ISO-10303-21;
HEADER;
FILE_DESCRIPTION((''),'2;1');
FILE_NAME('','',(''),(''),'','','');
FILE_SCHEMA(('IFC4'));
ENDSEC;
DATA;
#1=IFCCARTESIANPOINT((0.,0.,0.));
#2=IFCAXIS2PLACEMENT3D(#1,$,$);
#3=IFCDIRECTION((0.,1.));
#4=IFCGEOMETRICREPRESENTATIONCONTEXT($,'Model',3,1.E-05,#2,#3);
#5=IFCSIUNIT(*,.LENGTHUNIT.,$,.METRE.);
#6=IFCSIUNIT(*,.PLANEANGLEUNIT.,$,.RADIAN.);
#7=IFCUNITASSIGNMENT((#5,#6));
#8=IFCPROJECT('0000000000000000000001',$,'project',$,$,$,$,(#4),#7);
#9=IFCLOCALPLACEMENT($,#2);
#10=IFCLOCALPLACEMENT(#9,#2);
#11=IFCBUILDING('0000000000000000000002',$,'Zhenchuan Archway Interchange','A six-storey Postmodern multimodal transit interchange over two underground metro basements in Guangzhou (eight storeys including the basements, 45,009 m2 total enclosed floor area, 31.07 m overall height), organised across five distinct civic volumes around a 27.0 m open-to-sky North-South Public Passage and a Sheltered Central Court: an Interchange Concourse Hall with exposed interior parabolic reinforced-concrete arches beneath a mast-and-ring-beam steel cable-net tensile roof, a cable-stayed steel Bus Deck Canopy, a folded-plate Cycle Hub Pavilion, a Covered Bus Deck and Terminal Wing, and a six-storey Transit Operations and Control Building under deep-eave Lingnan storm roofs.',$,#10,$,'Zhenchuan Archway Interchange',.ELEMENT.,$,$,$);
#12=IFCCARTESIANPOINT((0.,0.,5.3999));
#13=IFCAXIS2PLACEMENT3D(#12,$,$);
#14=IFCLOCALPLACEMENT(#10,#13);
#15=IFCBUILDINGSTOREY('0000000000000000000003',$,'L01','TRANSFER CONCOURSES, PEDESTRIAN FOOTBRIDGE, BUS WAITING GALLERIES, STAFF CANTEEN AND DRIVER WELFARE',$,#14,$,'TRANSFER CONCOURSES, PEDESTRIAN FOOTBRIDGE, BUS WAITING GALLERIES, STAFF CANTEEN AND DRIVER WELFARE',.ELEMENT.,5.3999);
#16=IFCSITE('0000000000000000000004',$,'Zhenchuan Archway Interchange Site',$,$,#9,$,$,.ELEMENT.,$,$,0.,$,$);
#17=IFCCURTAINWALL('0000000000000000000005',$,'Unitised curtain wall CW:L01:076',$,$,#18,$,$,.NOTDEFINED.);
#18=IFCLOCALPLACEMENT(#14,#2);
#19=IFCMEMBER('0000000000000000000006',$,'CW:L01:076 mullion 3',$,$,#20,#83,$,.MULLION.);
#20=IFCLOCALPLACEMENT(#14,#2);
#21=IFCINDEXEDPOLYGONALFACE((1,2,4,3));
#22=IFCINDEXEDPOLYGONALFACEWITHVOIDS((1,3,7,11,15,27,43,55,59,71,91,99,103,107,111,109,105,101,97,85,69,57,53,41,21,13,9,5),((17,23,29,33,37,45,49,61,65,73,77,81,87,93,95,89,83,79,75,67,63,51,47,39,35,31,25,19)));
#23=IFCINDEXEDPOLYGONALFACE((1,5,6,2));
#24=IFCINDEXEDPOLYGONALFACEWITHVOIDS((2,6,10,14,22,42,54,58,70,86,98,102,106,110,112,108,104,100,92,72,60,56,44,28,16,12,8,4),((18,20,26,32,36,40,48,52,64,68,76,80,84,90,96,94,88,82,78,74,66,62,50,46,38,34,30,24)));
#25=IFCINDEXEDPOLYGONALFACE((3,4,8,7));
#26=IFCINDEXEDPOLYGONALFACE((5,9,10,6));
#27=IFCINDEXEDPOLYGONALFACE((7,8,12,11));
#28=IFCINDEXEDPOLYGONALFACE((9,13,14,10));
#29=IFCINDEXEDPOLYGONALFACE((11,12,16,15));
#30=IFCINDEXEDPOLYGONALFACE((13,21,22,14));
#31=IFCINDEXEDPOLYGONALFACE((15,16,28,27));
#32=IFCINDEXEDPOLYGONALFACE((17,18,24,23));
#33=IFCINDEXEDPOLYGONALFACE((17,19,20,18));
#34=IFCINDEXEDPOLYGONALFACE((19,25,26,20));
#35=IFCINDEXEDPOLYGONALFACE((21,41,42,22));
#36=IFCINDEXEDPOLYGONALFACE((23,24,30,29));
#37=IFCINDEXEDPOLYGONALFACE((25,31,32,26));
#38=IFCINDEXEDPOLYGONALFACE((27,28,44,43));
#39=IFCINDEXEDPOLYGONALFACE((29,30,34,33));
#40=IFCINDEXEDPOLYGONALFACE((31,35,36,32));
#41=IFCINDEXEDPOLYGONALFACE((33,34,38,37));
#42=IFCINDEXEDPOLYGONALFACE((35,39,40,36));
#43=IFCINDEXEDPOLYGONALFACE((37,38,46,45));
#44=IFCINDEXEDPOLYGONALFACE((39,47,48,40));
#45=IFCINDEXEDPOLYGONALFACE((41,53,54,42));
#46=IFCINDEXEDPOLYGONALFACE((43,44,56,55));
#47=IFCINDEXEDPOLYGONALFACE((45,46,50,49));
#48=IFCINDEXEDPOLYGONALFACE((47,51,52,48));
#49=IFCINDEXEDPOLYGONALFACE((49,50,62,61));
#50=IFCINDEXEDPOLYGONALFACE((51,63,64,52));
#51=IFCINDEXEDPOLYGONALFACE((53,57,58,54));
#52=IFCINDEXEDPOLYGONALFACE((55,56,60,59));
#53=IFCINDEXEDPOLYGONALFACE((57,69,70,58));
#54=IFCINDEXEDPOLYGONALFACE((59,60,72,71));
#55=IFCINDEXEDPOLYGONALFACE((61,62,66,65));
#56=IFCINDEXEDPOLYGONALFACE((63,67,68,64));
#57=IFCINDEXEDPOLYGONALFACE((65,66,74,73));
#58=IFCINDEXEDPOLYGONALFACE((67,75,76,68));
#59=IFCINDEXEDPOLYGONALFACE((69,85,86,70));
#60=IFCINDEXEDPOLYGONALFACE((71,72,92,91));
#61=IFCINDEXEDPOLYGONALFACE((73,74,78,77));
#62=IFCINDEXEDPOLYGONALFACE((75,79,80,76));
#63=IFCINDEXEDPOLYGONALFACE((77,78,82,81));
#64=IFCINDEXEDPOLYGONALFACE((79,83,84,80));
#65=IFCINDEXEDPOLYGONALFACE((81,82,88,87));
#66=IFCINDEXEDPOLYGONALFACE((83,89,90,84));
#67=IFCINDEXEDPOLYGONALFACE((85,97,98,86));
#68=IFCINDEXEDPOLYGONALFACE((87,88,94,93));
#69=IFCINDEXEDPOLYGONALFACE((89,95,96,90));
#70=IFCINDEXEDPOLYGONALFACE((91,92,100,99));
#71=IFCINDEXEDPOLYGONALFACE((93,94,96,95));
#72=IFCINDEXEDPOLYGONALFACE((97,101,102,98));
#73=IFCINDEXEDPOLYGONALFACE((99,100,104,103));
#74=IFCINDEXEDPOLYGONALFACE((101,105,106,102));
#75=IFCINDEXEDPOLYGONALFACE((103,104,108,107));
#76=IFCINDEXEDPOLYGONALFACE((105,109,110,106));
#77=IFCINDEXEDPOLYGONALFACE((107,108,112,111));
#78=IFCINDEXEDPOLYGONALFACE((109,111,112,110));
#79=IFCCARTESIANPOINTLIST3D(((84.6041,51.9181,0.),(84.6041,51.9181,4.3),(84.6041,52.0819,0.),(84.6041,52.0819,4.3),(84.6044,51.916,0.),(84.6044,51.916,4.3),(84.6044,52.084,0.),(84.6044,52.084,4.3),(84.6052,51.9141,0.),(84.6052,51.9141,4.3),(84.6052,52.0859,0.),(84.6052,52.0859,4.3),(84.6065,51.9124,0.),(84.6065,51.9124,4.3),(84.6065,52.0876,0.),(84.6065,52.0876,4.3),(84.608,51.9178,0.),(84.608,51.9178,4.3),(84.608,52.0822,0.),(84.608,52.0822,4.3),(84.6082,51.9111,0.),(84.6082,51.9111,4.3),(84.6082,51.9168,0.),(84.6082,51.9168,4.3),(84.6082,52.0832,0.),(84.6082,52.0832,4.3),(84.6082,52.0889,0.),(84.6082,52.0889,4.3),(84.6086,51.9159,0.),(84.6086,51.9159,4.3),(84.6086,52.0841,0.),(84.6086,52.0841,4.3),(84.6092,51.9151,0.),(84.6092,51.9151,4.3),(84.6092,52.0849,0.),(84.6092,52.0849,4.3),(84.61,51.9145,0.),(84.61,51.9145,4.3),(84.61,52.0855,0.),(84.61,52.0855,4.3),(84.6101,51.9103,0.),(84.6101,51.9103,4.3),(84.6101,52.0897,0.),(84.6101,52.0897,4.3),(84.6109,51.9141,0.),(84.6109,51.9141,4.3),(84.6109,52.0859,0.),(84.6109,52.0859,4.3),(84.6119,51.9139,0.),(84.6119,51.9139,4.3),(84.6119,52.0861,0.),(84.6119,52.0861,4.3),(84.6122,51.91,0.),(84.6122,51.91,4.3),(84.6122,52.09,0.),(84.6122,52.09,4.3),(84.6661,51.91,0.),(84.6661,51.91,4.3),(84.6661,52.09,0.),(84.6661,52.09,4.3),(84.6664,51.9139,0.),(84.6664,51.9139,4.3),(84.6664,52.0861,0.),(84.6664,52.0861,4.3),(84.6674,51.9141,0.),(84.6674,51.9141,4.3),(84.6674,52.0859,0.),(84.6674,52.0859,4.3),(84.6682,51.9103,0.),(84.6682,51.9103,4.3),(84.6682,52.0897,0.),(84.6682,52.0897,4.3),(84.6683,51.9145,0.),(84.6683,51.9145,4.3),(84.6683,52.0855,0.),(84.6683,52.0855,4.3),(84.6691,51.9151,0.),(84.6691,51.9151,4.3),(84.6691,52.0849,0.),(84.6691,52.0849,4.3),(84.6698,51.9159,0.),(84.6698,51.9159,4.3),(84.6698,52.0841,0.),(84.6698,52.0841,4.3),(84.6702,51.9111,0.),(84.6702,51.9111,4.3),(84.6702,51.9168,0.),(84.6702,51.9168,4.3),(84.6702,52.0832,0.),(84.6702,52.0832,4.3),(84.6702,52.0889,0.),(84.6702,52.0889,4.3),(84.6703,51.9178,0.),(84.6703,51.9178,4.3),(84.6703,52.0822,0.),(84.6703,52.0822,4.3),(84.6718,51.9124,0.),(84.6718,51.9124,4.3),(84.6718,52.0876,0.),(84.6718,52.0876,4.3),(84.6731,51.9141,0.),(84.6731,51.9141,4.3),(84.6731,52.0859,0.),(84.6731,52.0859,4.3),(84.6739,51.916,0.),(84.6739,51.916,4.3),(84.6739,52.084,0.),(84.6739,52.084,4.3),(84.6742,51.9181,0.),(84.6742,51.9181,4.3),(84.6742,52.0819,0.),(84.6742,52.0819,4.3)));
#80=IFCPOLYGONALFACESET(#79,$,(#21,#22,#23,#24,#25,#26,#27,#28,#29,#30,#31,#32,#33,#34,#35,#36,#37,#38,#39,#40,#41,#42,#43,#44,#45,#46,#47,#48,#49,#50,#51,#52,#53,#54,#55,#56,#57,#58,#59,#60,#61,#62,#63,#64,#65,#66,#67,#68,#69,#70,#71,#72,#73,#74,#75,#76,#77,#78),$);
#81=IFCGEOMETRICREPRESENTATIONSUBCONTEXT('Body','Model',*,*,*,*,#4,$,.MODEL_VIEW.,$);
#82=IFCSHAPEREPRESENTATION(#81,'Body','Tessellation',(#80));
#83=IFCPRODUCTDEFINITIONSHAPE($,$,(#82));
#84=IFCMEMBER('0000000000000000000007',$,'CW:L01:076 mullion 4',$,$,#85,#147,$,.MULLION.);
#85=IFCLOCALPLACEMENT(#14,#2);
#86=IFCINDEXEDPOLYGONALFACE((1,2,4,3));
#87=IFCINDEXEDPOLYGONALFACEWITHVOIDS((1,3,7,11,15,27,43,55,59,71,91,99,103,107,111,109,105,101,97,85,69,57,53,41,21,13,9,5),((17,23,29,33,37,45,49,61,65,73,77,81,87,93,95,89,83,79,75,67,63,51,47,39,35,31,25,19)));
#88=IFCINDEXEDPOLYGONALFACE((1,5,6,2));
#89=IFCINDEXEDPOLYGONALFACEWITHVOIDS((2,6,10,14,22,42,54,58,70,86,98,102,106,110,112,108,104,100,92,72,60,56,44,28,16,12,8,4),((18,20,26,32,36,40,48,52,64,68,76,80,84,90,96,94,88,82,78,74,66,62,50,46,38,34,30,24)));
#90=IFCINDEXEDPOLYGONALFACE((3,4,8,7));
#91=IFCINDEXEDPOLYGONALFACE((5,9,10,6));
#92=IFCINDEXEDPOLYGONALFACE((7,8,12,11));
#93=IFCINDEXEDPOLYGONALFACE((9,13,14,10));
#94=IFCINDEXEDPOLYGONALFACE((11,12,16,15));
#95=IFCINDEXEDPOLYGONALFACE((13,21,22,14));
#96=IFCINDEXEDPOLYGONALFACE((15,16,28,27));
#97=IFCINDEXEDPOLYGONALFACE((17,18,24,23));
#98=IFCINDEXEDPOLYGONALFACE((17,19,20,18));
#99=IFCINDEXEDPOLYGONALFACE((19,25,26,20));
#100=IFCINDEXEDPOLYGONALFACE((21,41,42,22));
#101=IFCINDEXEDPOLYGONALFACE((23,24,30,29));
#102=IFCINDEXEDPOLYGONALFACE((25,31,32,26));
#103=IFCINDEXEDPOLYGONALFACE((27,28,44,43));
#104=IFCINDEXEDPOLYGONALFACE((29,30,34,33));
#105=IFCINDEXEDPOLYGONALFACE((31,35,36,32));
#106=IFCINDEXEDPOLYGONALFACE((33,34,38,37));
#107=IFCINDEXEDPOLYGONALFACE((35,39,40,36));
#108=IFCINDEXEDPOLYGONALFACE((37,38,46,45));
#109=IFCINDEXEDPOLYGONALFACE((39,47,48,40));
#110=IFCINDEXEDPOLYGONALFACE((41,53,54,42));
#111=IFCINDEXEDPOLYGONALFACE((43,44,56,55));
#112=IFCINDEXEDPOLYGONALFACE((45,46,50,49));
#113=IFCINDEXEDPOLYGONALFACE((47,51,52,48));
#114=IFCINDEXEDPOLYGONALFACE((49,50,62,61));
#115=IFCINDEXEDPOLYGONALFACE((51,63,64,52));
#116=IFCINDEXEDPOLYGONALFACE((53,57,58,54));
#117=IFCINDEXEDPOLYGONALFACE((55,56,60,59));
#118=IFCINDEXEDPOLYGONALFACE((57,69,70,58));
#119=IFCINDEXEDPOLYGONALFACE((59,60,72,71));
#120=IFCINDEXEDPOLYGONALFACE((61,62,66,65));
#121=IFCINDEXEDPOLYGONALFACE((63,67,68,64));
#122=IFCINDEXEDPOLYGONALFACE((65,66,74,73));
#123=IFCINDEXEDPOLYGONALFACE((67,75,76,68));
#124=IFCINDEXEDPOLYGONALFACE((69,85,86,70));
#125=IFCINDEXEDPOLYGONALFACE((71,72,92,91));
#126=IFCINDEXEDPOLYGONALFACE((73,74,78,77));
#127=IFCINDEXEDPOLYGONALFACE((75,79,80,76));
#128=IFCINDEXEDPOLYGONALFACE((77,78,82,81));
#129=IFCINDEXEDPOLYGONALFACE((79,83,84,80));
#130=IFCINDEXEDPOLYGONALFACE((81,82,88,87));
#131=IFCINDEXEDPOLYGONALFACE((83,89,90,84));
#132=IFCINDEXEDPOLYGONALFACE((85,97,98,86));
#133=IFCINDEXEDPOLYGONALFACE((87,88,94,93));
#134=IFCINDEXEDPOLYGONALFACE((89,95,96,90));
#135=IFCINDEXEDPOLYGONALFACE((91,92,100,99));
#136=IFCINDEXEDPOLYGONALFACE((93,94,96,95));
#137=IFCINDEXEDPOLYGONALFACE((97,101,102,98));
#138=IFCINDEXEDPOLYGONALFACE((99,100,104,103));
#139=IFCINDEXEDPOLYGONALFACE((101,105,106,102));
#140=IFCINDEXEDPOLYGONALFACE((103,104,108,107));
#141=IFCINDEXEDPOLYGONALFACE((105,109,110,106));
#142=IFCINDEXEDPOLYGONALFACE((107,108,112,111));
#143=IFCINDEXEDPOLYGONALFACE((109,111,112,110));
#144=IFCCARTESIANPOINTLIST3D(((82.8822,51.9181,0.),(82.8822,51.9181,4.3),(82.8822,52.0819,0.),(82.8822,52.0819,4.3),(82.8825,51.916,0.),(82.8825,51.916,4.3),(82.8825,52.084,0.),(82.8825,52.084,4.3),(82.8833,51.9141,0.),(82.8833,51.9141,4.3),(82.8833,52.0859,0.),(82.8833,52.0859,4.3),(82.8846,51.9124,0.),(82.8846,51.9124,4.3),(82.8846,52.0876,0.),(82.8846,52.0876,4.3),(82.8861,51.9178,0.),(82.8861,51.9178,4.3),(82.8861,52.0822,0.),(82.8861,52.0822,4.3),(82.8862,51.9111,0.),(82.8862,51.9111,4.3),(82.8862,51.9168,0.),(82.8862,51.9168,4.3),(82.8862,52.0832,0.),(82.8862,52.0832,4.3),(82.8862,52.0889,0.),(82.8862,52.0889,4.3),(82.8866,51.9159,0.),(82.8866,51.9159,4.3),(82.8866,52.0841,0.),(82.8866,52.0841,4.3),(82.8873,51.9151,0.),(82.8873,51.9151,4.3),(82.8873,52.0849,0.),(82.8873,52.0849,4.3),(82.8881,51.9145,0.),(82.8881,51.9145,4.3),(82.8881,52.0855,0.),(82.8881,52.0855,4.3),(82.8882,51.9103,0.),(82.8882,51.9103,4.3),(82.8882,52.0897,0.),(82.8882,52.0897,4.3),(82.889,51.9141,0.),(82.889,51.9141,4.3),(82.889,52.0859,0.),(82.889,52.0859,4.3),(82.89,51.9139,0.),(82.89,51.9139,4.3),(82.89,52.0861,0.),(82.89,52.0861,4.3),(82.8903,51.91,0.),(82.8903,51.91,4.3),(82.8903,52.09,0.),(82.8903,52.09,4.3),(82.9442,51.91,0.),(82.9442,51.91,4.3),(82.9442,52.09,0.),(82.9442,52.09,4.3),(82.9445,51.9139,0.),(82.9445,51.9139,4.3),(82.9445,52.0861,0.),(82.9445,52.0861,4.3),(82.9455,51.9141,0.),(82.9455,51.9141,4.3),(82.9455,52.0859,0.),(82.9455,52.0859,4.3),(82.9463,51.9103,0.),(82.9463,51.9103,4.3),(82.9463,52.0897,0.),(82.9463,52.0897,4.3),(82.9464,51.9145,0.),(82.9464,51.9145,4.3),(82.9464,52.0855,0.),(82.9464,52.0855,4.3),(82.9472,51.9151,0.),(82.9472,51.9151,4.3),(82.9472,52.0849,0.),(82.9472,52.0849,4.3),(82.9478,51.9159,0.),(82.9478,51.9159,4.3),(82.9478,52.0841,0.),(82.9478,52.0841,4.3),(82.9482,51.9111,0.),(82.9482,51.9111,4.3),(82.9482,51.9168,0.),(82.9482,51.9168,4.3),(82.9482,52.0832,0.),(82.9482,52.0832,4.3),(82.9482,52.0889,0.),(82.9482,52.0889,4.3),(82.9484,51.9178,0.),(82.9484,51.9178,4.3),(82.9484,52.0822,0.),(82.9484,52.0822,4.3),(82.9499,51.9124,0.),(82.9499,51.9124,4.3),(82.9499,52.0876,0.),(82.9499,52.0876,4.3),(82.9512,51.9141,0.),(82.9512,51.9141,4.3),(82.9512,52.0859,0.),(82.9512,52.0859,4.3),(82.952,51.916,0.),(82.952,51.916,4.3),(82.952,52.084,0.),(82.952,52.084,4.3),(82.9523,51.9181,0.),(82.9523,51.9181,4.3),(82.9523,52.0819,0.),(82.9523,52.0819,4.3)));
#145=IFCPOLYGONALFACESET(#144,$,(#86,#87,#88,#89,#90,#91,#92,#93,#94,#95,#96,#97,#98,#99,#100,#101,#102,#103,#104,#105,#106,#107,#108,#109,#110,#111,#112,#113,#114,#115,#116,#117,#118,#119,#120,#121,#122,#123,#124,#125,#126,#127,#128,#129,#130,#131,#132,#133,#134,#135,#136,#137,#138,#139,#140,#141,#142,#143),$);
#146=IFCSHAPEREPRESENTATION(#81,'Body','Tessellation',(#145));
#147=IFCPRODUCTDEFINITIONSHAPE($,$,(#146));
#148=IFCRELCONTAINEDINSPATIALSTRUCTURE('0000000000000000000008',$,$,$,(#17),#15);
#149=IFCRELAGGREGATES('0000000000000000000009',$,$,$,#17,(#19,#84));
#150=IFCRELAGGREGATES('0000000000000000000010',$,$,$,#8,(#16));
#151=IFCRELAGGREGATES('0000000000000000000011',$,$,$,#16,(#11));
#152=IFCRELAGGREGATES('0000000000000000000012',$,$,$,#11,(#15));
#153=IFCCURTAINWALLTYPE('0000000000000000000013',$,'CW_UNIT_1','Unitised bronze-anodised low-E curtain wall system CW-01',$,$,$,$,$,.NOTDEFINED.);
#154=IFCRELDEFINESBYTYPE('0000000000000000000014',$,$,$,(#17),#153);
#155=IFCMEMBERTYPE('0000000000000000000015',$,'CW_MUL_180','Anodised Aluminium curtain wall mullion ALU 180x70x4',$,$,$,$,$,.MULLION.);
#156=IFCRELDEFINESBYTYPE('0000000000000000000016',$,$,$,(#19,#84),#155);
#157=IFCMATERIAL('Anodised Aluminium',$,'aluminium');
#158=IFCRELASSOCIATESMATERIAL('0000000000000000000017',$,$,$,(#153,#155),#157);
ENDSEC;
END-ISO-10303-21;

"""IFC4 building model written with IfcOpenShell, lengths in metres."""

from ifc_helpers import new_model, si_unit, direction, frame, origin, origin_2d, place, context, subcontext, project, spatial, hollow_rectangle, extrude, material, material_profile, profile_set, type_object, element, aggregate, save


model = new_model("IFC4")

# Units and contexts
model_context = context("Model", 3, precision=1e-05, world=origin(), true_north=direction((0.0, 1.0)))
body_context = subcontext(model_context, "Body", "Model", "MODEL_VIEW")
ifc_project = project(units=[si_unit("LENGTHUNIT", "METRE"), si_unit("PLANEANGLEUNIT", "RADIAN")], contexts=[model_context])

# Site, building, storey
site_placement = place(None, origin())
site = spatial("IfcSite", under=ifc_project, at=site_placement, Name="Zhenchuan Archway Interchange Site", CompositionType="ELEMENT", RefElevation=0.0)
building_placement = place(site_placement, origin())
building = spatial("IfcBuilding", under=site, at=building_placement, Name="Zhenchuan Archway Interchange", Description="A six-storey Postmodern multimodal transit interchange over two underground metro basements in Guangzhou (eight storeys including the basements, 45,009 m2 total enclosed floor area, 31.07 m overall height), organised across five distinct civic volumes around a 27.0 m open-to-sky North-South Public Passage and a Sheltered Central Court: an Interchange Concourse Hall with exposed interior parabolic reinforced-concrete arches beneath a mast-and-ring-beam steel cable-net tensile roof, a cable-stayed steel Bus Deck Canopy, a folded-plate Cycle Hub Pavilion, a Covered Bus Deck and Terminal Wing, and a six-storey Transit Operations and Control Building under deep-eave Lingnan storm roofs.", LongName="Zhenchuan Archway Interchange", CompositionType="ELEMENT")
storey_placement = place(building_placement, frame((0.0, 0.0, 5.3999)))
storey = spatial("IfcBuildingStorey", under=building, at=storey_placement, Name="L01", Description="TRANSFER CONCOURSES, PEDESTRIAN FOOTBRIDGE, BUS WAITING GALLERIES, STAFF CANTEEN AND DRIVER WELFARE", LongName="TRANSFER CONCOURSES, PEDESTRIAN FOOTBRIDGE, BUS WAITING GALLERIES, STAFF CANTEEN AND DRIVER WELFARE", CompositionType="ELEMENT", Elevation=5.3999)

# Curtain wall, members
ifc_material_1 = material(Name="Anodised Aluminium", Category="aluminium")
curtain_wall_type_1 = type_object("IfcCurtainWallType", Name="CW_UNIT_1", Description="Unitised bronze-anodised low-E curtain wall system CW-01", PredefinedType="NOTDEFINED", material=ifc_material_1)
curtain_wall_1_placement = place(storey_placement, origin())
curtain_wall_1 = element("IfcCurtainWall", 1, at=curtain_wall_1_placement, inside=storey, type_object=curtain_wall_type_1, Name="Unitised curtain wall CW:L01:076", PredefinedType="NOTDEFINED")
ifc_material_profile_1 = material_profile(ifc_material_1, hollow_rectangle(XDim=0.0701, YDim=0.1799, WallThickness=0.0039, InnerFilletRadius=0.0039, OuterFilletRadius=0.0081, at=origin_2d()), Name="ALU 180x70x4")
ifc_profile_set_1 = profile_set([ifc_material_profile_1], Name="Anodised Aluminium")
member_type_1 = type_object("IfcMemberType", Name="CW_MUL_180", Description="Anodised Aluminium curtain wall mullion ALU 180x70x4", PredefinedType="MULLION", material=ifc_profile_set_1)
member_1_placement = place(storey_placement, frame((84.6392, 52.0, 0.0), z_axis=(0.0, 0.0, 1.0), x_axis=(1.0, 0.0, 0.0)))
member_1 = element("IfcMember", 2, at=member_1_placement, type_object=member_type_1, Name="CW:L01:076 mullion 3", PredefinedType="MULLION", context=body_context, shape_type="SweptSolid", body=[
    extrude(hollow_rectangle(XDim=0.0701, YDim=0.1799, WallThickness=0.0039, InnerFilletRadius=0.0039, OuterFilletRadius=0.0081, at=origin_2d()), origin(), (0.0, 0.0, 1.0), 4.3),
])
member_2_placement = place(storey_placement, frame((82.9172, 52.0, 0.0), z_axis=(0.0, 0.0, 1.0), x_axis=(1.0, 0.0, 0.0)))
member_2 = element("IfcMember", 3, at=member_2_placement, type_object=member_type_1, Name="CW:L01:076 mullion 4", PredefinedType="MULLION", context=body_context, shape_type="SweptSolid", body=[
    extrude(hollow_rectangle(XDim=0.0701, YDim=0.1799, WallThickness=0.0039, InnerFilletRadius=0.0039, OuterFilletRadius=0.0081, at=origin_2d()), origin(), (0.0, 0.0, 1.0), 4.3),
])

aggregate(curtain_wall_1, [member_1, member_2])

save(model, "model.ifc")
